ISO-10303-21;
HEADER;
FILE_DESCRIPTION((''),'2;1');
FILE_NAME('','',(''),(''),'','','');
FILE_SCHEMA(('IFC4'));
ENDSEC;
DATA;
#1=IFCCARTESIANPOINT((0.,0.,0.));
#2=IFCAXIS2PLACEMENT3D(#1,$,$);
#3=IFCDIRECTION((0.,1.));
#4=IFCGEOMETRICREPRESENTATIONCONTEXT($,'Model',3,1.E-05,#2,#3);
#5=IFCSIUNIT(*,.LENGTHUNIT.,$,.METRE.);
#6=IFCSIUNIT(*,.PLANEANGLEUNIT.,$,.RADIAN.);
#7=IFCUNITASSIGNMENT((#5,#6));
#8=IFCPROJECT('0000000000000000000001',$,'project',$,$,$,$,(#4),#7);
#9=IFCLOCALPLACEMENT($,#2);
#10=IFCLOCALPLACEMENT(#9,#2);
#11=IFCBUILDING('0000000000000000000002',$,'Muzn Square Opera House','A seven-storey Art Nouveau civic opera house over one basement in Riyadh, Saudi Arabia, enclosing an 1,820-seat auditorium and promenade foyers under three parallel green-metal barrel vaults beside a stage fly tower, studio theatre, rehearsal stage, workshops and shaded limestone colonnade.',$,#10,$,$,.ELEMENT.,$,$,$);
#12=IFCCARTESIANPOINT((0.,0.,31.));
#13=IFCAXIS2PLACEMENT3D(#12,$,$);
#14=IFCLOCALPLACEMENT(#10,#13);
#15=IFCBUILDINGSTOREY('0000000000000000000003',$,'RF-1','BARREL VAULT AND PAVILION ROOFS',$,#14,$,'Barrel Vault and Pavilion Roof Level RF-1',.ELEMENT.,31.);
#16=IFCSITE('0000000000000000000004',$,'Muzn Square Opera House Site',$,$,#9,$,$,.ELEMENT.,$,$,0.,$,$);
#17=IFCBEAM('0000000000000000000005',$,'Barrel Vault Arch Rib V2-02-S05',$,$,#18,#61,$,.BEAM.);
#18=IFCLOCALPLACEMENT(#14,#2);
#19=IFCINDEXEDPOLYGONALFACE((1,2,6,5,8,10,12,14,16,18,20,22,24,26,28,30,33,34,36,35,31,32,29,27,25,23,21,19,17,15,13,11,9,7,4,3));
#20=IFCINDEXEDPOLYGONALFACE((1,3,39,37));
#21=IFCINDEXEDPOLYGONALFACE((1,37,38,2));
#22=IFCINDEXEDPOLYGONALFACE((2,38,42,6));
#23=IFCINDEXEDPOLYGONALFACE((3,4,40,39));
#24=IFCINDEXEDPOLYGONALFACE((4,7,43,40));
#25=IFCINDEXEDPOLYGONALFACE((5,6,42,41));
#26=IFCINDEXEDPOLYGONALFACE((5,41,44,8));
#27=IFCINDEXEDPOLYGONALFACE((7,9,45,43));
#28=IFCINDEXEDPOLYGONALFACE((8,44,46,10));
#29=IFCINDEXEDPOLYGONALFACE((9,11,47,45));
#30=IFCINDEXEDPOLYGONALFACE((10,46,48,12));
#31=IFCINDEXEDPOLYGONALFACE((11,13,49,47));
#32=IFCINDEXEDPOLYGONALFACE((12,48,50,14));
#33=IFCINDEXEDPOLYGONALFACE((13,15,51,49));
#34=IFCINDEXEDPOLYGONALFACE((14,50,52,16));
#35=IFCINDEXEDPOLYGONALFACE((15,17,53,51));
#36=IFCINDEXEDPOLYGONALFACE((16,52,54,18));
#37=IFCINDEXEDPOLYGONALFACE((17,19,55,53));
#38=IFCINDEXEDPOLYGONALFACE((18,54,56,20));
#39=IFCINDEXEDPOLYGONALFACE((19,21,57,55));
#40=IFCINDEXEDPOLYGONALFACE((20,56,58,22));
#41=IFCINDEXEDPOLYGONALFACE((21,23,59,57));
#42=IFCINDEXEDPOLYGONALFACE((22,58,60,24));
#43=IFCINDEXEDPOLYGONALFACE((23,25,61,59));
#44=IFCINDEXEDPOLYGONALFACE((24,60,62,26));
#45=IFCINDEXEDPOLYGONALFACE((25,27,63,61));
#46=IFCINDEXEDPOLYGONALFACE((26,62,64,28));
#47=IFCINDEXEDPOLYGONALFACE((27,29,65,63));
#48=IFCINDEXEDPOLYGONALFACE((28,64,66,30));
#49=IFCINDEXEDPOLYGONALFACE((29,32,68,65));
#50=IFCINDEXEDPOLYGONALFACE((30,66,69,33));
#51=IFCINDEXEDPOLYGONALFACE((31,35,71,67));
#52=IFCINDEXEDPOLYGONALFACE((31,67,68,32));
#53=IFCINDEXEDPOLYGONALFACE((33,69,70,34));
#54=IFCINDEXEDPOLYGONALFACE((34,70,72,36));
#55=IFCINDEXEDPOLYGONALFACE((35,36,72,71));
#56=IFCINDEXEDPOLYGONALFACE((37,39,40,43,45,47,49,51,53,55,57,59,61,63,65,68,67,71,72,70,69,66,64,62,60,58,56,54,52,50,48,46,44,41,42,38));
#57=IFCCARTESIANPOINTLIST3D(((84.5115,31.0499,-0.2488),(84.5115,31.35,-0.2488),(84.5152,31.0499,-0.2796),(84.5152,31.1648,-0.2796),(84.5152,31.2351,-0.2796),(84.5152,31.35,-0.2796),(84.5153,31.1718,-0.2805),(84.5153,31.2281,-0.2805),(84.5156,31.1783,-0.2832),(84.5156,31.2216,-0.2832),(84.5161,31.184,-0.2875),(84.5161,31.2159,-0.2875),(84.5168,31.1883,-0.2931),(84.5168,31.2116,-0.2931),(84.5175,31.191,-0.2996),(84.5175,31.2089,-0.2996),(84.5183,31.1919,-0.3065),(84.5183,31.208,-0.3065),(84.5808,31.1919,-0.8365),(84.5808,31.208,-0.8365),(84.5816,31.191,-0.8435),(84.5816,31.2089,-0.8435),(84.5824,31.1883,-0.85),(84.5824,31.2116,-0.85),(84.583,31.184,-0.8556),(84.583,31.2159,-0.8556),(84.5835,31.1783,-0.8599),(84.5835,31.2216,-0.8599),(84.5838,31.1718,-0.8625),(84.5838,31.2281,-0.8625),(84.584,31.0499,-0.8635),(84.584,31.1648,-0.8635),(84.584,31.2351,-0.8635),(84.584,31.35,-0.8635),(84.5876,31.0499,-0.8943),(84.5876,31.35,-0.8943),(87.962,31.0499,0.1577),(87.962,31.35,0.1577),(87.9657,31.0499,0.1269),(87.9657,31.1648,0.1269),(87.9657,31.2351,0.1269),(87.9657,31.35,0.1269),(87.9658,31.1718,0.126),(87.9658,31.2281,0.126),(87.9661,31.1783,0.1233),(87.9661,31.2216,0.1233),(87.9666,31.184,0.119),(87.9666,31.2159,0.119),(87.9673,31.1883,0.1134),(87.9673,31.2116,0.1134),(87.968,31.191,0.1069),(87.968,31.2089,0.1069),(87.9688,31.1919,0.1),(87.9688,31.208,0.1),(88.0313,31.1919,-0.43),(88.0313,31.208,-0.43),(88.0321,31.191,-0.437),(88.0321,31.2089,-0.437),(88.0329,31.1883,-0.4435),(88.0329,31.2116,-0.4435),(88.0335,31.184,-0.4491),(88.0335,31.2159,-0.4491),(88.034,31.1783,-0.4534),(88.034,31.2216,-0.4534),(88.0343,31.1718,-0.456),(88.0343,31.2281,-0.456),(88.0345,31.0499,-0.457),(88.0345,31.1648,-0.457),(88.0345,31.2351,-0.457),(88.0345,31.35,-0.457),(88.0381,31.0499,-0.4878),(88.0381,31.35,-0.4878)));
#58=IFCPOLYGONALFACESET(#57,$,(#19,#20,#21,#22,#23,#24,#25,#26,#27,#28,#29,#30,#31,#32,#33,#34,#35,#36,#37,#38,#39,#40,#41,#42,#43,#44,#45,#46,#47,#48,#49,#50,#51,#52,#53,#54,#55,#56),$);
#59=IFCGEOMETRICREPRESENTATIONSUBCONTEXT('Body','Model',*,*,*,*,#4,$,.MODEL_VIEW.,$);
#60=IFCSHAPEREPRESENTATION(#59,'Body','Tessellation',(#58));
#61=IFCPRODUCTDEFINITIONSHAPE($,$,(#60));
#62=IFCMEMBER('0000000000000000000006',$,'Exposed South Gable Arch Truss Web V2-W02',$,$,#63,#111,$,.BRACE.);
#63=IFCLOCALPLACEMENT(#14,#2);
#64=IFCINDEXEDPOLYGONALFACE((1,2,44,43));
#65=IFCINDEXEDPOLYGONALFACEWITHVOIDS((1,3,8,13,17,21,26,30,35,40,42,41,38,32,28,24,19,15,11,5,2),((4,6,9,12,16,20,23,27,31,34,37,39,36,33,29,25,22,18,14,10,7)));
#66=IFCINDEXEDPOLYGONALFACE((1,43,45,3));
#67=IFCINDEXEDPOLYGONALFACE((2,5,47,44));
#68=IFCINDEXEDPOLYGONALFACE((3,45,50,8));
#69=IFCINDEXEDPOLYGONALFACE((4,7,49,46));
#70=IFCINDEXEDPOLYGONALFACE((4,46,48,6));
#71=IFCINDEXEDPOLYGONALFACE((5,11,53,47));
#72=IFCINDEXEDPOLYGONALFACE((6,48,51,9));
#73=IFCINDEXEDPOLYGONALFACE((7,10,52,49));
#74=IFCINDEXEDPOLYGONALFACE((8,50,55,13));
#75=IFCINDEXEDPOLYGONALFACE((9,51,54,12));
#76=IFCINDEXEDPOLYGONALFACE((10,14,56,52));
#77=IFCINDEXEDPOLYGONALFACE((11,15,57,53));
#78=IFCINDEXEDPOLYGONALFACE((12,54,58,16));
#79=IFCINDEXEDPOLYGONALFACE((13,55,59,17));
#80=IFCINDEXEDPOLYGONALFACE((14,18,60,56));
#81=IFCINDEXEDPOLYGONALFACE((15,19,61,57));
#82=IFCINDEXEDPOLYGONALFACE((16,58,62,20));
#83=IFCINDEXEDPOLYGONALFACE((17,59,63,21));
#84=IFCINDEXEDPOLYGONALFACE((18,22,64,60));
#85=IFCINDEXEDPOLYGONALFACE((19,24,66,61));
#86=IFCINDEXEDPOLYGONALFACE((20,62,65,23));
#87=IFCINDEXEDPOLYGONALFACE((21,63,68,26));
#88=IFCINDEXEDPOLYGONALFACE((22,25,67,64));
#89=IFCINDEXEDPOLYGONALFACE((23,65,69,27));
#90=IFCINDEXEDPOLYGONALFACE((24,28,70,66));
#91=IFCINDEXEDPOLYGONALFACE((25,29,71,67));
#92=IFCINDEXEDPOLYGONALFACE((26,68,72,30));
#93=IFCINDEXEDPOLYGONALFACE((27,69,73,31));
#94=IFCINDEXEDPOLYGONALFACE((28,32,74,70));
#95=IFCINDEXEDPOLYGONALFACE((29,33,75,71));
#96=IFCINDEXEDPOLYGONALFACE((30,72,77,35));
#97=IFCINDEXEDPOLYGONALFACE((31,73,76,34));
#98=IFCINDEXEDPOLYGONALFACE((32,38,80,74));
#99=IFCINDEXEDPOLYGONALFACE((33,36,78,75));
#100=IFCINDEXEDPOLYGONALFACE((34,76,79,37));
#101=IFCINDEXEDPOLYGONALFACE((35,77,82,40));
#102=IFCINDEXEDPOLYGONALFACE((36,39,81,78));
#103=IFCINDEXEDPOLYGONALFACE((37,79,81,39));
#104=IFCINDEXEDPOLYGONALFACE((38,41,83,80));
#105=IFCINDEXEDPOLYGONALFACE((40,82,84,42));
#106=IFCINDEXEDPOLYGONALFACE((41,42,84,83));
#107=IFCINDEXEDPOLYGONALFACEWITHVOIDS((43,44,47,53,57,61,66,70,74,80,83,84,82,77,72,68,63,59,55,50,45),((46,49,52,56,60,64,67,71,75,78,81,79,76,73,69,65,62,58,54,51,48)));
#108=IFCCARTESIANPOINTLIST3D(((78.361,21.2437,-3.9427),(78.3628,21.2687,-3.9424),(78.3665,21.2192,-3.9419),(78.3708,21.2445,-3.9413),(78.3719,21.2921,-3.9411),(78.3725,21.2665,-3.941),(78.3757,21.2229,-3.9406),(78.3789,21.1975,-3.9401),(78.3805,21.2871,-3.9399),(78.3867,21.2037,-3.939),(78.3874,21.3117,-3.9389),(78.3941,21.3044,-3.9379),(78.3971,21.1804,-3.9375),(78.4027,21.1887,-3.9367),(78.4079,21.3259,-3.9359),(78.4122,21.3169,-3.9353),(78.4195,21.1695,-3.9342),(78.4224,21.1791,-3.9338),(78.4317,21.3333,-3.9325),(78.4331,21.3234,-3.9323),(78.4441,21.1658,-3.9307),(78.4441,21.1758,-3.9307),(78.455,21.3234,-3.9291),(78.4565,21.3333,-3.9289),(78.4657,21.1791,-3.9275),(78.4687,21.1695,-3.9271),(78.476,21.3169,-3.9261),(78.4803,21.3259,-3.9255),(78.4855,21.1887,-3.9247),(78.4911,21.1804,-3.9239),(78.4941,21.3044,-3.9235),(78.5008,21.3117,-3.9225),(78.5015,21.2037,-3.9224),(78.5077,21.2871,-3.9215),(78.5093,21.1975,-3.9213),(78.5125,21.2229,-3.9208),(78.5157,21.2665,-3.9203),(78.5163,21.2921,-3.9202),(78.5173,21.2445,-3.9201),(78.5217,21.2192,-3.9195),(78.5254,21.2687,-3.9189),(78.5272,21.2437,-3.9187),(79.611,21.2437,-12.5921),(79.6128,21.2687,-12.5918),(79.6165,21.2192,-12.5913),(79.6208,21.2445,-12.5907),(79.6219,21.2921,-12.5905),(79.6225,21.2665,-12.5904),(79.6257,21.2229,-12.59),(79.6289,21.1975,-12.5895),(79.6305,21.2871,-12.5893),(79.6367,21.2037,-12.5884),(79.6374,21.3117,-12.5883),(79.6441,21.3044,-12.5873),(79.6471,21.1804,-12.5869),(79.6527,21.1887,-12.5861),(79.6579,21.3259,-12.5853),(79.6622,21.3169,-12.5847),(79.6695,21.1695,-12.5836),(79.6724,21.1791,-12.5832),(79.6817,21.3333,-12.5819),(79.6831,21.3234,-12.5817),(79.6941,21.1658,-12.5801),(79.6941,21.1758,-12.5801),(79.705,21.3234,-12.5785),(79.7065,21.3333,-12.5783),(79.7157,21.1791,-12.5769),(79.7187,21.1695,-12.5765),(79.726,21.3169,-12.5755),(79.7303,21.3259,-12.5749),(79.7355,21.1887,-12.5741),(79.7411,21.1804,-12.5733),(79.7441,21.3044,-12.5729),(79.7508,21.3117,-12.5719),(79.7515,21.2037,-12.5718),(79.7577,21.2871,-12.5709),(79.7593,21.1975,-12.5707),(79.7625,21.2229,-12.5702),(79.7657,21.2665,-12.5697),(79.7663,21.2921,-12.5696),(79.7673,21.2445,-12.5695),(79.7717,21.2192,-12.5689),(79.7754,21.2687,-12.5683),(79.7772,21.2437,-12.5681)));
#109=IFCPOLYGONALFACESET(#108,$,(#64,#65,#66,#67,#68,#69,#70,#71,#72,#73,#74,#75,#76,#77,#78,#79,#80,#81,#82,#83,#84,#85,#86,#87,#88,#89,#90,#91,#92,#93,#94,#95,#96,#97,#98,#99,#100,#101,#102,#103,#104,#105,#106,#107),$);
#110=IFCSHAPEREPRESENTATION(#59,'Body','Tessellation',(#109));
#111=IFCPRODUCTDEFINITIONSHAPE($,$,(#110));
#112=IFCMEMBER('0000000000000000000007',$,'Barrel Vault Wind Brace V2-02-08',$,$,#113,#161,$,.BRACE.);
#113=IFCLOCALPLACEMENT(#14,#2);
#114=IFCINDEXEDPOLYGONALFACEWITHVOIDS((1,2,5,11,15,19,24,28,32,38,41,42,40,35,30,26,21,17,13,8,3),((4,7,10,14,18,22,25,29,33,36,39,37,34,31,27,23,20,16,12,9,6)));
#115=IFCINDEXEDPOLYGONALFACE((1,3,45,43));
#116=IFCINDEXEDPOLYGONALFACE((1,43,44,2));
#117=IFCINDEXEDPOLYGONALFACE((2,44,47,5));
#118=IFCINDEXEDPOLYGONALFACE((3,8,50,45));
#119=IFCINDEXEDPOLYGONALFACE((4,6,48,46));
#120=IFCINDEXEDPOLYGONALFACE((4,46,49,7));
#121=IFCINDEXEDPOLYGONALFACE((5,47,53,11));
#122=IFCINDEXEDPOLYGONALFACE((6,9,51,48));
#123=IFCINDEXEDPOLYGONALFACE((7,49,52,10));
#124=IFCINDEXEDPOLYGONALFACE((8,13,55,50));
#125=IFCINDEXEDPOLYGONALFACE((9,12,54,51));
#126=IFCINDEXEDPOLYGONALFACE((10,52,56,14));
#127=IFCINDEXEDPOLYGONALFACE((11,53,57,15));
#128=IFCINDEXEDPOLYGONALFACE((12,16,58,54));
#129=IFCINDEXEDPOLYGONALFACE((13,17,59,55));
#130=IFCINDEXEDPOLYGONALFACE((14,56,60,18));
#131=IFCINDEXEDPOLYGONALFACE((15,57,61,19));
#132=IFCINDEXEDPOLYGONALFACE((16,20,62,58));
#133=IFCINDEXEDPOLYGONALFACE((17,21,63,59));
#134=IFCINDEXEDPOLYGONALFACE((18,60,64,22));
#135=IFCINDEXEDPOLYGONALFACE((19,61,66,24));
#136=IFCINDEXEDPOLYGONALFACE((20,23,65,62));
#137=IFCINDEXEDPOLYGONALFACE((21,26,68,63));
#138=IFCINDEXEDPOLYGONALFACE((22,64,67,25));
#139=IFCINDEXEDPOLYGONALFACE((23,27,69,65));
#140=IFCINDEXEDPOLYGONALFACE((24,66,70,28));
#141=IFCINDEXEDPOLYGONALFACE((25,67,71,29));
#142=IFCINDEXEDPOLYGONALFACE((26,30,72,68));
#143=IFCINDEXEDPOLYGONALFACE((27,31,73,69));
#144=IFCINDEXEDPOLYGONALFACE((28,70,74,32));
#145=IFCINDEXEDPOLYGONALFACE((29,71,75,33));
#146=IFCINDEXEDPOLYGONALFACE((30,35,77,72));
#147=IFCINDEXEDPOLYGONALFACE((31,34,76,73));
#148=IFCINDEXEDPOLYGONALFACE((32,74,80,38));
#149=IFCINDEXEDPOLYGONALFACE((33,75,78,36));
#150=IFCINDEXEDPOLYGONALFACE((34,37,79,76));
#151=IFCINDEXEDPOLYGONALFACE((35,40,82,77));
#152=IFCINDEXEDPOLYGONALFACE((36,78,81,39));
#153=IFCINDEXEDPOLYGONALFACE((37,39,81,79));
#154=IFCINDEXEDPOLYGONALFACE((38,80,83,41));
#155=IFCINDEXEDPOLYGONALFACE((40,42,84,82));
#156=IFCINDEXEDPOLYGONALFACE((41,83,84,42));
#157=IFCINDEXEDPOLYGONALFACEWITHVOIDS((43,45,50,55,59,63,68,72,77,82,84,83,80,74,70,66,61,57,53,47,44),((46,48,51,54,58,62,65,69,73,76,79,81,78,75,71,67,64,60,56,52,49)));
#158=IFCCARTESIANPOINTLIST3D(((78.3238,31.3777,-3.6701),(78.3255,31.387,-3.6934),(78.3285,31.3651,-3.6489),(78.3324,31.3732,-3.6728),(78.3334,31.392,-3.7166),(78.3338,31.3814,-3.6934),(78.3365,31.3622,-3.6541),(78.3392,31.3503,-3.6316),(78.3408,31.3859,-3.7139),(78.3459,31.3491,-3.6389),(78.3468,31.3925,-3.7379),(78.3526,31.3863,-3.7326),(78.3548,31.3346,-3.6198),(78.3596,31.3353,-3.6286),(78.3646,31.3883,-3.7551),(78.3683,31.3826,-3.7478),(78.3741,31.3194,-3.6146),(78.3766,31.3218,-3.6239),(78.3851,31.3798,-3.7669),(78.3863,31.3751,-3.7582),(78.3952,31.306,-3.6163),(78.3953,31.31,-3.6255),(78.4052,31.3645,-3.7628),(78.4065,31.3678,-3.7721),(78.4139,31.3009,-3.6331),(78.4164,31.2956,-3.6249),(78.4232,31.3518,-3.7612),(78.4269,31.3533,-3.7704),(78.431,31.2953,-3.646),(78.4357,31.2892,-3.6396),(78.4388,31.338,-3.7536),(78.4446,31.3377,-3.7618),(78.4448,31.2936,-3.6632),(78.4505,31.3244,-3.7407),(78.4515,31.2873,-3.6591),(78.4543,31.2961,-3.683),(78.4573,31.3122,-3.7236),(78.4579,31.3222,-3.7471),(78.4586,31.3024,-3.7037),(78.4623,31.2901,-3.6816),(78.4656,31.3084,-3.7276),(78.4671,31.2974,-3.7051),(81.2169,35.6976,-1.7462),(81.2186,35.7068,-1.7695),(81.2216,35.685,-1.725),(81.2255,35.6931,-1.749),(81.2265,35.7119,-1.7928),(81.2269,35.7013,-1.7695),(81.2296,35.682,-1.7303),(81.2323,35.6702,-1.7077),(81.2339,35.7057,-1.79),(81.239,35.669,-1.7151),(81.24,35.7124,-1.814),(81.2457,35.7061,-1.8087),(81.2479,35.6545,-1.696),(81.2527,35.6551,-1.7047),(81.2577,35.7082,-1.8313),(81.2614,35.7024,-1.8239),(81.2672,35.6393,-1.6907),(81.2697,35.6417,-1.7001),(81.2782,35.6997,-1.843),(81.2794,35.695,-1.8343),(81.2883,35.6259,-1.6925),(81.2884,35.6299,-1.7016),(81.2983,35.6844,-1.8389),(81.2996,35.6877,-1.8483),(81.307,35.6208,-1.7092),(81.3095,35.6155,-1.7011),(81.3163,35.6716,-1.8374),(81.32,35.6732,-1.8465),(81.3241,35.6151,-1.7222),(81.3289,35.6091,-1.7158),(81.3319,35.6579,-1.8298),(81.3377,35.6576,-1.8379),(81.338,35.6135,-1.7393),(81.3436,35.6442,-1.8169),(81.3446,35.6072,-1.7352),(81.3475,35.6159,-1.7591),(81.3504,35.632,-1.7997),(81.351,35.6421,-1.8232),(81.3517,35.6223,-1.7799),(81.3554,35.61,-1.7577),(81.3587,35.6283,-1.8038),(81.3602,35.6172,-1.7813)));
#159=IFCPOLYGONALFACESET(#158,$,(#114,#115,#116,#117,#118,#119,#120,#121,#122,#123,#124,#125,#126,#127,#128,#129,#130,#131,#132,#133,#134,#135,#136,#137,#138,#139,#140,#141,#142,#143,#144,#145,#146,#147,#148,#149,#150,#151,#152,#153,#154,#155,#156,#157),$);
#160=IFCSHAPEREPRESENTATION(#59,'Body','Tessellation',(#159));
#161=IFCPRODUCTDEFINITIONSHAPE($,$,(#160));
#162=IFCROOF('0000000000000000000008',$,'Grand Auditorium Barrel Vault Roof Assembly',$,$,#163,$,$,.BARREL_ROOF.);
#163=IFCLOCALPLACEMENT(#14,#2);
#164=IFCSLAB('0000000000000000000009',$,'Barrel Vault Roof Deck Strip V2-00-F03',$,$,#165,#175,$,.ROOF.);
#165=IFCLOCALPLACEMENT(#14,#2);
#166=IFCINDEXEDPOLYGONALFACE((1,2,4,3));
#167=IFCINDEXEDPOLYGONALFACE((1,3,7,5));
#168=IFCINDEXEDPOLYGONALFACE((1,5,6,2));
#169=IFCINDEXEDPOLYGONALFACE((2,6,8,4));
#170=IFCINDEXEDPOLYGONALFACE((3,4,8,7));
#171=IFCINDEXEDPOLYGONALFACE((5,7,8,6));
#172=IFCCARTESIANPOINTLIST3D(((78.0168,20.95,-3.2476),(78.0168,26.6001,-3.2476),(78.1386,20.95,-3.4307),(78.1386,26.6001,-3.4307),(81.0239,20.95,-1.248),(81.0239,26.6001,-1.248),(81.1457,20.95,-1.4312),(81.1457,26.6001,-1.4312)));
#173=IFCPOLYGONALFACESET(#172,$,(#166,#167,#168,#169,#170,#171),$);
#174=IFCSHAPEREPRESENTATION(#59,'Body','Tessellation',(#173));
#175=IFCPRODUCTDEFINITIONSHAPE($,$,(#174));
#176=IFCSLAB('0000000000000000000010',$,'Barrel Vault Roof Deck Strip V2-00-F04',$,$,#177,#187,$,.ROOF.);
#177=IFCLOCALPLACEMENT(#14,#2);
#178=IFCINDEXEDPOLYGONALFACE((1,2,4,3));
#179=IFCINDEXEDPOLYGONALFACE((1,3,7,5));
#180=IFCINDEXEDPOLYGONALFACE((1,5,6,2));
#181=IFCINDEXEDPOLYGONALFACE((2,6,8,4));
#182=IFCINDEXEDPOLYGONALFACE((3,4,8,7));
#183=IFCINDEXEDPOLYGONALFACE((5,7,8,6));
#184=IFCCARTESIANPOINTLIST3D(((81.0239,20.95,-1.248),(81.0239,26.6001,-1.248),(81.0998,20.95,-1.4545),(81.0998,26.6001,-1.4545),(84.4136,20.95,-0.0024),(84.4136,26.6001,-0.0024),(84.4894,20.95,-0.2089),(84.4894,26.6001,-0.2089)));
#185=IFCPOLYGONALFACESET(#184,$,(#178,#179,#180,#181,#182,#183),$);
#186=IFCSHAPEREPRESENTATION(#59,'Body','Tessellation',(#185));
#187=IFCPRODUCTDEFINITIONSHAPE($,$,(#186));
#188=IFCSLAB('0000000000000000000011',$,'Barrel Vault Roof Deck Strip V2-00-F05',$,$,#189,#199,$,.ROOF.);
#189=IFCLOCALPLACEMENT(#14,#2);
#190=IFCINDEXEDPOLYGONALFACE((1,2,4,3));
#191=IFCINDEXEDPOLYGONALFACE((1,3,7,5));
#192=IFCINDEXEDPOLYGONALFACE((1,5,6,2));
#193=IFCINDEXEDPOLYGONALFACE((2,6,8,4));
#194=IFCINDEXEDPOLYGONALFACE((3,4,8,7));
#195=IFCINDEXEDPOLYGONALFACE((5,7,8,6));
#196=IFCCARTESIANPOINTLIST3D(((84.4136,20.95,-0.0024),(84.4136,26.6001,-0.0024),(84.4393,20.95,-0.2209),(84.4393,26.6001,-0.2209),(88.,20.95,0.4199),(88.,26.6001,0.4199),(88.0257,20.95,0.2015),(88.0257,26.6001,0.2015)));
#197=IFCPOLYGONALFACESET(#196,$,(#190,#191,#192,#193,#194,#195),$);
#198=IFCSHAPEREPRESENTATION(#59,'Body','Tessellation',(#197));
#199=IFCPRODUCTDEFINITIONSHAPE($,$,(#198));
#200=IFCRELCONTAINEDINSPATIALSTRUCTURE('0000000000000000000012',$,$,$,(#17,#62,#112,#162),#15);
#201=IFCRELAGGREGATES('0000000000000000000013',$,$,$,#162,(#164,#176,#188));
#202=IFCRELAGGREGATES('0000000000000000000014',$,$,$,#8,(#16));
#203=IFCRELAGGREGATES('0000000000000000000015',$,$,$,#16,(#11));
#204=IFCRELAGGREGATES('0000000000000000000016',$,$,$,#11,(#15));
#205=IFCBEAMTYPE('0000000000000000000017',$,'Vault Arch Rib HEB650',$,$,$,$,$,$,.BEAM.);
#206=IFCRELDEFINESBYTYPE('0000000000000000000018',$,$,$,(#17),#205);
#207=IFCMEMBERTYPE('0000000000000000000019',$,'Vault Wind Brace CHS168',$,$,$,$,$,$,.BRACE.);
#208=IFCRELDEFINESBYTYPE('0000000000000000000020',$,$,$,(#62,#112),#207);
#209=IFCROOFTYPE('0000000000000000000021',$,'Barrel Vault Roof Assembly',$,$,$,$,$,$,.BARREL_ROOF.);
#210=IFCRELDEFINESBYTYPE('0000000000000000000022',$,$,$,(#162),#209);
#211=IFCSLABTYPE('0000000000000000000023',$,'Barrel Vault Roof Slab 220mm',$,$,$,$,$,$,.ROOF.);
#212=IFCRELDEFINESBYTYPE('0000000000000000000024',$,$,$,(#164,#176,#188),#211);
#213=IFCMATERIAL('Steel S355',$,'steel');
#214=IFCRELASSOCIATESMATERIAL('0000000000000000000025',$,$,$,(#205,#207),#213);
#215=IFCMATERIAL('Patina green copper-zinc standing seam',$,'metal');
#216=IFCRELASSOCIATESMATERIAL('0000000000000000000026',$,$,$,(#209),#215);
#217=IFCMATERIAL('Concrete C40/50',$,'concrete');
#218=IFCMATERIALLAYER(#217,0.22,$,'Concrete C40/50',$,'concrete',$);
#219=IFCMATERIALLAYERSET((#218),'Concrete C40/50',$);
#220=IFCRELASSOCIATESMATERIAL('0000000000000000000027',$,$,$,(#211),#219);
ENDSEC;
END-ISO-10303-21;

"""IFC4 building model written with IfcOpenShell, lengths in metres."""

from ifc_helpers import new_model, si_unit, direction, frame, origin, origin_2d, place, context, subcontext, project, spatial, polyline, hollow_circle, i_section, outline, extrude, material, layer, layer_set, material_profile, profile_set, type_object, element, aggregate, save


model = new_model("IFC4")

# Units and contexts
model_context = context("Model", 3, precision=1e-05, world=origin(), true_north=direction((0.0, 1.0)))
body_context = subcontext(model_context, "Body", "Model", "MODEL_VIEW")
ifc_project = project(units=[si_unit("LENGTHUNIT", "METRE"), si_unit("PLANEANGLEUNIT", "RADIAN")], contexts=[model_context])

# Site, building, storey
site_placement = place(None, origin())
site = spatial("IfcSite", under=ifc_project, at=site_placement, Name="Muzn Square Opera House Site", CompositionType="ELEMENT", RefElevation=0.0)
building_placement = place(site_placement, origin())
building = spatial("IfcBuilding", under=site, at=building_placement, Name="Muzn Square Opera House", Description="A seven-storey Art Nouveau civic opera house over one basement in Riyadh, Saudi Arabia, enclosing an 1,820-seat auditorium and promenade foyers under three parallel green-metal barrel vaults beside a stage fly tower, studio theatre, rehearsal stage, workshops and shaded limestone colonnade.", CompositionType="ELEMENT")
storey_placement = place(building_placement, frame((0.0, 0.0, 31.0)))
storey = spatial("IfcBuildingStorey", under=building, at=storey_placement, Name="RF-1", Description="BARREL VAULT AND PAVILION ROOFS", LongName="Barrel Vault and Pavilion Roof Level RF-1", CompositionType="ELEMENT", Elevation=31.0)

# Beam
ifc_material_1 = material(Name="Steel S355", Category="steel")
ifc_material_profile_1 = material_profile(ifc_material_1, i_section(OverallWidth=0.3, OverallDepth=0.6499, WebThickness=0.0161, FlangeThickness=0.031, FilletRadius=0.0271, at=origin_2d()), Name="HEB 650", Category="steel")
ifc_profile_set_1 = profile_set([ifc_material_profile_1], Name="Steel S355")
beam_type_1 = type_object("IfcBeamType", Name="Vault Arch Rib HEB650", PredefinedType="BEAM", material=ifc_profile_set_1)
beam_1_placement = place(storey_placement, frame((84.5496, 31.2, -0.5715), z_axis=(0.993132, 0.0, 0.117), x_axis=(0.0, 1.0, 0.0)))
element("IfcBeam", 1, at=beam_1_placement, inside=storey, type_object=beam_type_1, Name="Barrel Vault Arch Rib V2-02-S05", PredefinedType="BEAM", context=body_context, shape_type="SweptSolid", body=[
    extrude(i_section(OverallWidth=0.3, OverallDepth=0.6499, WebThickness=0.0161, FlangeThickness=0.031, FilletRadius=0.0271, at=origin_2d()), origin(), (0.0, 0.0, 1.0), 3.4744),
])

# Members
ifc_material_profile_2 = material_profile(ifc_material_1, hollow_circle(Radius=0.0842, WallThickness=0.01, at=origin_2d()), Name="CHS 168.3x10", Category="steel")
ifc_profile_set_2 = profile_set([ifc_material_profile_2], Name="Steel S355")
member_type = type_object("IfcMemberType", Name="Vault Wind Brace CHS168", PredefinedType="BRACE", material=ifc_profile_set_2)
member_1_placement = place(storey_placement, frame((79.6941, 21.25, -12.5801), z_axis=(-0.143033, 0.0, 0.989718), x_axis=(0.0, -1.0, 0.0)))
element("IfcMember", 2, at=member_1_placement, inside=storey, type_object=member_type, Name="Exposed South Gable Arch Truss Web V2-W02", PredefinedType="BRACE", context=body_context, shape_type="SweptSolid", body=[
    extrude(hollow_circle(Radius=0.0842, WallThickness=0.01, at=origin_2d()), origin(), (0.0, 0.0, 1.0), 8.7393),
])
member_2_placement = place(storey_placement, frame((78.3955, 31.3401, -3.6934), z_axis=(0.521872, 0.779241, 0.347034), x_axis=(-0.830878, 0.556454, 0.0)))
element("IfcMember", 3, at=member_2_placement, inside=storey, type_object=member_type, Name="Barrel Vault Wind Brace V2-02-08", PredefinedType="BRACE", context=body_context, shape_type="SweptSolid", body=[
    extrude(hollow_circle(Radius=0.0842, WallThickness=0.01, at=origin_2d()), origin(), (0.0, 0.0, 1.0), 5.5437),
])

# Roof, slabs
ifc_material_2 = material(Name="Patina green copper-zinc standing seam", Category="metal")
roof_type = type_object("IfcRoofType", Name="Barrel Vault Roof Assembly", PredefinedType="BARREL_ROOF", material=ifc_material_2)
roof_placement = place(storey_placement, origin())
roof = element("IfcRoof", 4, at=roof_placement, inside=storey, type_object=roof_type, Name="Grand Auditorium Barrel Vault Roof Assembly", PredefinedType="BARREL_ROOF")
ifc_material_3 = material(Name="Concrete C40/50", Category="concrete")
ifc_layer_1 = layer(ifc_material_3, 0.22, Name="Concrete C40/50", Category="concrete")
ifc_layer_set_1 = layer_set([ifc_layer_1], Name="Concrete C40/50")
slab_type = type_object("IfcSlabType", Name="Barrel Vault Roof Slab 220mm", PredefinedType="ROOF", material=ifc_layer_set_1)
slab_1_placement = place(storey_placement, frame((81.0239, 20.95, -1.248), z_axis=(-0.553701, 0.0, 0.832715), x_axis=(0.0, 1.0, 0.0)))
slab_1 = element("IfcSlab", 5, at=slab_1_placement, type_object=slab_type, Name="Barrel Vault Roof Deck Strip V2-00-F03", PredefinedType="ROOF", context=body_context, shape_type="SweptSolid", body=[
    extrude(outline(polyline([(0.0, 3.6112), (0.0, 0.0), (5.6501, 0.0), (5.6501, 3.6112), (0.0, 3.6112)])), origin(), (0.0, 0.0, -1.0), 0.22),
])
slab_2_placement = place(storey_placement, frame((84.4136, 20.95, -0.0024), z_axis=(-0.344922, 0.0, 0.938631), x_axis=(0.0, 1.0, 0.0)))
slab_2 = element("IfcSlab", 6, at=slab_2_placement, type_object=slab_type, Name="Barrel Vault Roof Deck Strip V2-00-F04", PredefinedType="ROOF", context=body_context, shape_type="SweptSolid", body=[
    extrude(outline(polyline([(0.0, 3.6113), (0.0, 0.0), (5.6501, 0.0), (5.6501, 3.6113), (0.0, 3.6113)])), origin(), (0.0, 0.0, -1.0), 0.22),
])
slab_3_placement = place(storey_placement, frame((88.0, 20.95, 0.4199), z_axis=(-0.116959, 0.0, 0.993137), x_axis=(0.0, 1.0, 0.0)))
slab_3 = element("IfcSlab", 7, at=slab_3_placement, type_object=slab_type, Name="Barrel Vault Roof Deck Strip V2-00-F05", PredefinedType="ROOF", context=body_context, shape_type="SweptSolid", body=[
    extrude(outline(polyline([(0.0, 3.6112), (0.0, 0.0), (5.6501, 0.0), (5.6501, 3.6112), (0.0, 3.6112)])), origin(), (0.0, 0.0, -1.0), 0.22),
])
aggregate(roof, [slab_1, slab_2, slab_3])

save(model, "model.ifc")
